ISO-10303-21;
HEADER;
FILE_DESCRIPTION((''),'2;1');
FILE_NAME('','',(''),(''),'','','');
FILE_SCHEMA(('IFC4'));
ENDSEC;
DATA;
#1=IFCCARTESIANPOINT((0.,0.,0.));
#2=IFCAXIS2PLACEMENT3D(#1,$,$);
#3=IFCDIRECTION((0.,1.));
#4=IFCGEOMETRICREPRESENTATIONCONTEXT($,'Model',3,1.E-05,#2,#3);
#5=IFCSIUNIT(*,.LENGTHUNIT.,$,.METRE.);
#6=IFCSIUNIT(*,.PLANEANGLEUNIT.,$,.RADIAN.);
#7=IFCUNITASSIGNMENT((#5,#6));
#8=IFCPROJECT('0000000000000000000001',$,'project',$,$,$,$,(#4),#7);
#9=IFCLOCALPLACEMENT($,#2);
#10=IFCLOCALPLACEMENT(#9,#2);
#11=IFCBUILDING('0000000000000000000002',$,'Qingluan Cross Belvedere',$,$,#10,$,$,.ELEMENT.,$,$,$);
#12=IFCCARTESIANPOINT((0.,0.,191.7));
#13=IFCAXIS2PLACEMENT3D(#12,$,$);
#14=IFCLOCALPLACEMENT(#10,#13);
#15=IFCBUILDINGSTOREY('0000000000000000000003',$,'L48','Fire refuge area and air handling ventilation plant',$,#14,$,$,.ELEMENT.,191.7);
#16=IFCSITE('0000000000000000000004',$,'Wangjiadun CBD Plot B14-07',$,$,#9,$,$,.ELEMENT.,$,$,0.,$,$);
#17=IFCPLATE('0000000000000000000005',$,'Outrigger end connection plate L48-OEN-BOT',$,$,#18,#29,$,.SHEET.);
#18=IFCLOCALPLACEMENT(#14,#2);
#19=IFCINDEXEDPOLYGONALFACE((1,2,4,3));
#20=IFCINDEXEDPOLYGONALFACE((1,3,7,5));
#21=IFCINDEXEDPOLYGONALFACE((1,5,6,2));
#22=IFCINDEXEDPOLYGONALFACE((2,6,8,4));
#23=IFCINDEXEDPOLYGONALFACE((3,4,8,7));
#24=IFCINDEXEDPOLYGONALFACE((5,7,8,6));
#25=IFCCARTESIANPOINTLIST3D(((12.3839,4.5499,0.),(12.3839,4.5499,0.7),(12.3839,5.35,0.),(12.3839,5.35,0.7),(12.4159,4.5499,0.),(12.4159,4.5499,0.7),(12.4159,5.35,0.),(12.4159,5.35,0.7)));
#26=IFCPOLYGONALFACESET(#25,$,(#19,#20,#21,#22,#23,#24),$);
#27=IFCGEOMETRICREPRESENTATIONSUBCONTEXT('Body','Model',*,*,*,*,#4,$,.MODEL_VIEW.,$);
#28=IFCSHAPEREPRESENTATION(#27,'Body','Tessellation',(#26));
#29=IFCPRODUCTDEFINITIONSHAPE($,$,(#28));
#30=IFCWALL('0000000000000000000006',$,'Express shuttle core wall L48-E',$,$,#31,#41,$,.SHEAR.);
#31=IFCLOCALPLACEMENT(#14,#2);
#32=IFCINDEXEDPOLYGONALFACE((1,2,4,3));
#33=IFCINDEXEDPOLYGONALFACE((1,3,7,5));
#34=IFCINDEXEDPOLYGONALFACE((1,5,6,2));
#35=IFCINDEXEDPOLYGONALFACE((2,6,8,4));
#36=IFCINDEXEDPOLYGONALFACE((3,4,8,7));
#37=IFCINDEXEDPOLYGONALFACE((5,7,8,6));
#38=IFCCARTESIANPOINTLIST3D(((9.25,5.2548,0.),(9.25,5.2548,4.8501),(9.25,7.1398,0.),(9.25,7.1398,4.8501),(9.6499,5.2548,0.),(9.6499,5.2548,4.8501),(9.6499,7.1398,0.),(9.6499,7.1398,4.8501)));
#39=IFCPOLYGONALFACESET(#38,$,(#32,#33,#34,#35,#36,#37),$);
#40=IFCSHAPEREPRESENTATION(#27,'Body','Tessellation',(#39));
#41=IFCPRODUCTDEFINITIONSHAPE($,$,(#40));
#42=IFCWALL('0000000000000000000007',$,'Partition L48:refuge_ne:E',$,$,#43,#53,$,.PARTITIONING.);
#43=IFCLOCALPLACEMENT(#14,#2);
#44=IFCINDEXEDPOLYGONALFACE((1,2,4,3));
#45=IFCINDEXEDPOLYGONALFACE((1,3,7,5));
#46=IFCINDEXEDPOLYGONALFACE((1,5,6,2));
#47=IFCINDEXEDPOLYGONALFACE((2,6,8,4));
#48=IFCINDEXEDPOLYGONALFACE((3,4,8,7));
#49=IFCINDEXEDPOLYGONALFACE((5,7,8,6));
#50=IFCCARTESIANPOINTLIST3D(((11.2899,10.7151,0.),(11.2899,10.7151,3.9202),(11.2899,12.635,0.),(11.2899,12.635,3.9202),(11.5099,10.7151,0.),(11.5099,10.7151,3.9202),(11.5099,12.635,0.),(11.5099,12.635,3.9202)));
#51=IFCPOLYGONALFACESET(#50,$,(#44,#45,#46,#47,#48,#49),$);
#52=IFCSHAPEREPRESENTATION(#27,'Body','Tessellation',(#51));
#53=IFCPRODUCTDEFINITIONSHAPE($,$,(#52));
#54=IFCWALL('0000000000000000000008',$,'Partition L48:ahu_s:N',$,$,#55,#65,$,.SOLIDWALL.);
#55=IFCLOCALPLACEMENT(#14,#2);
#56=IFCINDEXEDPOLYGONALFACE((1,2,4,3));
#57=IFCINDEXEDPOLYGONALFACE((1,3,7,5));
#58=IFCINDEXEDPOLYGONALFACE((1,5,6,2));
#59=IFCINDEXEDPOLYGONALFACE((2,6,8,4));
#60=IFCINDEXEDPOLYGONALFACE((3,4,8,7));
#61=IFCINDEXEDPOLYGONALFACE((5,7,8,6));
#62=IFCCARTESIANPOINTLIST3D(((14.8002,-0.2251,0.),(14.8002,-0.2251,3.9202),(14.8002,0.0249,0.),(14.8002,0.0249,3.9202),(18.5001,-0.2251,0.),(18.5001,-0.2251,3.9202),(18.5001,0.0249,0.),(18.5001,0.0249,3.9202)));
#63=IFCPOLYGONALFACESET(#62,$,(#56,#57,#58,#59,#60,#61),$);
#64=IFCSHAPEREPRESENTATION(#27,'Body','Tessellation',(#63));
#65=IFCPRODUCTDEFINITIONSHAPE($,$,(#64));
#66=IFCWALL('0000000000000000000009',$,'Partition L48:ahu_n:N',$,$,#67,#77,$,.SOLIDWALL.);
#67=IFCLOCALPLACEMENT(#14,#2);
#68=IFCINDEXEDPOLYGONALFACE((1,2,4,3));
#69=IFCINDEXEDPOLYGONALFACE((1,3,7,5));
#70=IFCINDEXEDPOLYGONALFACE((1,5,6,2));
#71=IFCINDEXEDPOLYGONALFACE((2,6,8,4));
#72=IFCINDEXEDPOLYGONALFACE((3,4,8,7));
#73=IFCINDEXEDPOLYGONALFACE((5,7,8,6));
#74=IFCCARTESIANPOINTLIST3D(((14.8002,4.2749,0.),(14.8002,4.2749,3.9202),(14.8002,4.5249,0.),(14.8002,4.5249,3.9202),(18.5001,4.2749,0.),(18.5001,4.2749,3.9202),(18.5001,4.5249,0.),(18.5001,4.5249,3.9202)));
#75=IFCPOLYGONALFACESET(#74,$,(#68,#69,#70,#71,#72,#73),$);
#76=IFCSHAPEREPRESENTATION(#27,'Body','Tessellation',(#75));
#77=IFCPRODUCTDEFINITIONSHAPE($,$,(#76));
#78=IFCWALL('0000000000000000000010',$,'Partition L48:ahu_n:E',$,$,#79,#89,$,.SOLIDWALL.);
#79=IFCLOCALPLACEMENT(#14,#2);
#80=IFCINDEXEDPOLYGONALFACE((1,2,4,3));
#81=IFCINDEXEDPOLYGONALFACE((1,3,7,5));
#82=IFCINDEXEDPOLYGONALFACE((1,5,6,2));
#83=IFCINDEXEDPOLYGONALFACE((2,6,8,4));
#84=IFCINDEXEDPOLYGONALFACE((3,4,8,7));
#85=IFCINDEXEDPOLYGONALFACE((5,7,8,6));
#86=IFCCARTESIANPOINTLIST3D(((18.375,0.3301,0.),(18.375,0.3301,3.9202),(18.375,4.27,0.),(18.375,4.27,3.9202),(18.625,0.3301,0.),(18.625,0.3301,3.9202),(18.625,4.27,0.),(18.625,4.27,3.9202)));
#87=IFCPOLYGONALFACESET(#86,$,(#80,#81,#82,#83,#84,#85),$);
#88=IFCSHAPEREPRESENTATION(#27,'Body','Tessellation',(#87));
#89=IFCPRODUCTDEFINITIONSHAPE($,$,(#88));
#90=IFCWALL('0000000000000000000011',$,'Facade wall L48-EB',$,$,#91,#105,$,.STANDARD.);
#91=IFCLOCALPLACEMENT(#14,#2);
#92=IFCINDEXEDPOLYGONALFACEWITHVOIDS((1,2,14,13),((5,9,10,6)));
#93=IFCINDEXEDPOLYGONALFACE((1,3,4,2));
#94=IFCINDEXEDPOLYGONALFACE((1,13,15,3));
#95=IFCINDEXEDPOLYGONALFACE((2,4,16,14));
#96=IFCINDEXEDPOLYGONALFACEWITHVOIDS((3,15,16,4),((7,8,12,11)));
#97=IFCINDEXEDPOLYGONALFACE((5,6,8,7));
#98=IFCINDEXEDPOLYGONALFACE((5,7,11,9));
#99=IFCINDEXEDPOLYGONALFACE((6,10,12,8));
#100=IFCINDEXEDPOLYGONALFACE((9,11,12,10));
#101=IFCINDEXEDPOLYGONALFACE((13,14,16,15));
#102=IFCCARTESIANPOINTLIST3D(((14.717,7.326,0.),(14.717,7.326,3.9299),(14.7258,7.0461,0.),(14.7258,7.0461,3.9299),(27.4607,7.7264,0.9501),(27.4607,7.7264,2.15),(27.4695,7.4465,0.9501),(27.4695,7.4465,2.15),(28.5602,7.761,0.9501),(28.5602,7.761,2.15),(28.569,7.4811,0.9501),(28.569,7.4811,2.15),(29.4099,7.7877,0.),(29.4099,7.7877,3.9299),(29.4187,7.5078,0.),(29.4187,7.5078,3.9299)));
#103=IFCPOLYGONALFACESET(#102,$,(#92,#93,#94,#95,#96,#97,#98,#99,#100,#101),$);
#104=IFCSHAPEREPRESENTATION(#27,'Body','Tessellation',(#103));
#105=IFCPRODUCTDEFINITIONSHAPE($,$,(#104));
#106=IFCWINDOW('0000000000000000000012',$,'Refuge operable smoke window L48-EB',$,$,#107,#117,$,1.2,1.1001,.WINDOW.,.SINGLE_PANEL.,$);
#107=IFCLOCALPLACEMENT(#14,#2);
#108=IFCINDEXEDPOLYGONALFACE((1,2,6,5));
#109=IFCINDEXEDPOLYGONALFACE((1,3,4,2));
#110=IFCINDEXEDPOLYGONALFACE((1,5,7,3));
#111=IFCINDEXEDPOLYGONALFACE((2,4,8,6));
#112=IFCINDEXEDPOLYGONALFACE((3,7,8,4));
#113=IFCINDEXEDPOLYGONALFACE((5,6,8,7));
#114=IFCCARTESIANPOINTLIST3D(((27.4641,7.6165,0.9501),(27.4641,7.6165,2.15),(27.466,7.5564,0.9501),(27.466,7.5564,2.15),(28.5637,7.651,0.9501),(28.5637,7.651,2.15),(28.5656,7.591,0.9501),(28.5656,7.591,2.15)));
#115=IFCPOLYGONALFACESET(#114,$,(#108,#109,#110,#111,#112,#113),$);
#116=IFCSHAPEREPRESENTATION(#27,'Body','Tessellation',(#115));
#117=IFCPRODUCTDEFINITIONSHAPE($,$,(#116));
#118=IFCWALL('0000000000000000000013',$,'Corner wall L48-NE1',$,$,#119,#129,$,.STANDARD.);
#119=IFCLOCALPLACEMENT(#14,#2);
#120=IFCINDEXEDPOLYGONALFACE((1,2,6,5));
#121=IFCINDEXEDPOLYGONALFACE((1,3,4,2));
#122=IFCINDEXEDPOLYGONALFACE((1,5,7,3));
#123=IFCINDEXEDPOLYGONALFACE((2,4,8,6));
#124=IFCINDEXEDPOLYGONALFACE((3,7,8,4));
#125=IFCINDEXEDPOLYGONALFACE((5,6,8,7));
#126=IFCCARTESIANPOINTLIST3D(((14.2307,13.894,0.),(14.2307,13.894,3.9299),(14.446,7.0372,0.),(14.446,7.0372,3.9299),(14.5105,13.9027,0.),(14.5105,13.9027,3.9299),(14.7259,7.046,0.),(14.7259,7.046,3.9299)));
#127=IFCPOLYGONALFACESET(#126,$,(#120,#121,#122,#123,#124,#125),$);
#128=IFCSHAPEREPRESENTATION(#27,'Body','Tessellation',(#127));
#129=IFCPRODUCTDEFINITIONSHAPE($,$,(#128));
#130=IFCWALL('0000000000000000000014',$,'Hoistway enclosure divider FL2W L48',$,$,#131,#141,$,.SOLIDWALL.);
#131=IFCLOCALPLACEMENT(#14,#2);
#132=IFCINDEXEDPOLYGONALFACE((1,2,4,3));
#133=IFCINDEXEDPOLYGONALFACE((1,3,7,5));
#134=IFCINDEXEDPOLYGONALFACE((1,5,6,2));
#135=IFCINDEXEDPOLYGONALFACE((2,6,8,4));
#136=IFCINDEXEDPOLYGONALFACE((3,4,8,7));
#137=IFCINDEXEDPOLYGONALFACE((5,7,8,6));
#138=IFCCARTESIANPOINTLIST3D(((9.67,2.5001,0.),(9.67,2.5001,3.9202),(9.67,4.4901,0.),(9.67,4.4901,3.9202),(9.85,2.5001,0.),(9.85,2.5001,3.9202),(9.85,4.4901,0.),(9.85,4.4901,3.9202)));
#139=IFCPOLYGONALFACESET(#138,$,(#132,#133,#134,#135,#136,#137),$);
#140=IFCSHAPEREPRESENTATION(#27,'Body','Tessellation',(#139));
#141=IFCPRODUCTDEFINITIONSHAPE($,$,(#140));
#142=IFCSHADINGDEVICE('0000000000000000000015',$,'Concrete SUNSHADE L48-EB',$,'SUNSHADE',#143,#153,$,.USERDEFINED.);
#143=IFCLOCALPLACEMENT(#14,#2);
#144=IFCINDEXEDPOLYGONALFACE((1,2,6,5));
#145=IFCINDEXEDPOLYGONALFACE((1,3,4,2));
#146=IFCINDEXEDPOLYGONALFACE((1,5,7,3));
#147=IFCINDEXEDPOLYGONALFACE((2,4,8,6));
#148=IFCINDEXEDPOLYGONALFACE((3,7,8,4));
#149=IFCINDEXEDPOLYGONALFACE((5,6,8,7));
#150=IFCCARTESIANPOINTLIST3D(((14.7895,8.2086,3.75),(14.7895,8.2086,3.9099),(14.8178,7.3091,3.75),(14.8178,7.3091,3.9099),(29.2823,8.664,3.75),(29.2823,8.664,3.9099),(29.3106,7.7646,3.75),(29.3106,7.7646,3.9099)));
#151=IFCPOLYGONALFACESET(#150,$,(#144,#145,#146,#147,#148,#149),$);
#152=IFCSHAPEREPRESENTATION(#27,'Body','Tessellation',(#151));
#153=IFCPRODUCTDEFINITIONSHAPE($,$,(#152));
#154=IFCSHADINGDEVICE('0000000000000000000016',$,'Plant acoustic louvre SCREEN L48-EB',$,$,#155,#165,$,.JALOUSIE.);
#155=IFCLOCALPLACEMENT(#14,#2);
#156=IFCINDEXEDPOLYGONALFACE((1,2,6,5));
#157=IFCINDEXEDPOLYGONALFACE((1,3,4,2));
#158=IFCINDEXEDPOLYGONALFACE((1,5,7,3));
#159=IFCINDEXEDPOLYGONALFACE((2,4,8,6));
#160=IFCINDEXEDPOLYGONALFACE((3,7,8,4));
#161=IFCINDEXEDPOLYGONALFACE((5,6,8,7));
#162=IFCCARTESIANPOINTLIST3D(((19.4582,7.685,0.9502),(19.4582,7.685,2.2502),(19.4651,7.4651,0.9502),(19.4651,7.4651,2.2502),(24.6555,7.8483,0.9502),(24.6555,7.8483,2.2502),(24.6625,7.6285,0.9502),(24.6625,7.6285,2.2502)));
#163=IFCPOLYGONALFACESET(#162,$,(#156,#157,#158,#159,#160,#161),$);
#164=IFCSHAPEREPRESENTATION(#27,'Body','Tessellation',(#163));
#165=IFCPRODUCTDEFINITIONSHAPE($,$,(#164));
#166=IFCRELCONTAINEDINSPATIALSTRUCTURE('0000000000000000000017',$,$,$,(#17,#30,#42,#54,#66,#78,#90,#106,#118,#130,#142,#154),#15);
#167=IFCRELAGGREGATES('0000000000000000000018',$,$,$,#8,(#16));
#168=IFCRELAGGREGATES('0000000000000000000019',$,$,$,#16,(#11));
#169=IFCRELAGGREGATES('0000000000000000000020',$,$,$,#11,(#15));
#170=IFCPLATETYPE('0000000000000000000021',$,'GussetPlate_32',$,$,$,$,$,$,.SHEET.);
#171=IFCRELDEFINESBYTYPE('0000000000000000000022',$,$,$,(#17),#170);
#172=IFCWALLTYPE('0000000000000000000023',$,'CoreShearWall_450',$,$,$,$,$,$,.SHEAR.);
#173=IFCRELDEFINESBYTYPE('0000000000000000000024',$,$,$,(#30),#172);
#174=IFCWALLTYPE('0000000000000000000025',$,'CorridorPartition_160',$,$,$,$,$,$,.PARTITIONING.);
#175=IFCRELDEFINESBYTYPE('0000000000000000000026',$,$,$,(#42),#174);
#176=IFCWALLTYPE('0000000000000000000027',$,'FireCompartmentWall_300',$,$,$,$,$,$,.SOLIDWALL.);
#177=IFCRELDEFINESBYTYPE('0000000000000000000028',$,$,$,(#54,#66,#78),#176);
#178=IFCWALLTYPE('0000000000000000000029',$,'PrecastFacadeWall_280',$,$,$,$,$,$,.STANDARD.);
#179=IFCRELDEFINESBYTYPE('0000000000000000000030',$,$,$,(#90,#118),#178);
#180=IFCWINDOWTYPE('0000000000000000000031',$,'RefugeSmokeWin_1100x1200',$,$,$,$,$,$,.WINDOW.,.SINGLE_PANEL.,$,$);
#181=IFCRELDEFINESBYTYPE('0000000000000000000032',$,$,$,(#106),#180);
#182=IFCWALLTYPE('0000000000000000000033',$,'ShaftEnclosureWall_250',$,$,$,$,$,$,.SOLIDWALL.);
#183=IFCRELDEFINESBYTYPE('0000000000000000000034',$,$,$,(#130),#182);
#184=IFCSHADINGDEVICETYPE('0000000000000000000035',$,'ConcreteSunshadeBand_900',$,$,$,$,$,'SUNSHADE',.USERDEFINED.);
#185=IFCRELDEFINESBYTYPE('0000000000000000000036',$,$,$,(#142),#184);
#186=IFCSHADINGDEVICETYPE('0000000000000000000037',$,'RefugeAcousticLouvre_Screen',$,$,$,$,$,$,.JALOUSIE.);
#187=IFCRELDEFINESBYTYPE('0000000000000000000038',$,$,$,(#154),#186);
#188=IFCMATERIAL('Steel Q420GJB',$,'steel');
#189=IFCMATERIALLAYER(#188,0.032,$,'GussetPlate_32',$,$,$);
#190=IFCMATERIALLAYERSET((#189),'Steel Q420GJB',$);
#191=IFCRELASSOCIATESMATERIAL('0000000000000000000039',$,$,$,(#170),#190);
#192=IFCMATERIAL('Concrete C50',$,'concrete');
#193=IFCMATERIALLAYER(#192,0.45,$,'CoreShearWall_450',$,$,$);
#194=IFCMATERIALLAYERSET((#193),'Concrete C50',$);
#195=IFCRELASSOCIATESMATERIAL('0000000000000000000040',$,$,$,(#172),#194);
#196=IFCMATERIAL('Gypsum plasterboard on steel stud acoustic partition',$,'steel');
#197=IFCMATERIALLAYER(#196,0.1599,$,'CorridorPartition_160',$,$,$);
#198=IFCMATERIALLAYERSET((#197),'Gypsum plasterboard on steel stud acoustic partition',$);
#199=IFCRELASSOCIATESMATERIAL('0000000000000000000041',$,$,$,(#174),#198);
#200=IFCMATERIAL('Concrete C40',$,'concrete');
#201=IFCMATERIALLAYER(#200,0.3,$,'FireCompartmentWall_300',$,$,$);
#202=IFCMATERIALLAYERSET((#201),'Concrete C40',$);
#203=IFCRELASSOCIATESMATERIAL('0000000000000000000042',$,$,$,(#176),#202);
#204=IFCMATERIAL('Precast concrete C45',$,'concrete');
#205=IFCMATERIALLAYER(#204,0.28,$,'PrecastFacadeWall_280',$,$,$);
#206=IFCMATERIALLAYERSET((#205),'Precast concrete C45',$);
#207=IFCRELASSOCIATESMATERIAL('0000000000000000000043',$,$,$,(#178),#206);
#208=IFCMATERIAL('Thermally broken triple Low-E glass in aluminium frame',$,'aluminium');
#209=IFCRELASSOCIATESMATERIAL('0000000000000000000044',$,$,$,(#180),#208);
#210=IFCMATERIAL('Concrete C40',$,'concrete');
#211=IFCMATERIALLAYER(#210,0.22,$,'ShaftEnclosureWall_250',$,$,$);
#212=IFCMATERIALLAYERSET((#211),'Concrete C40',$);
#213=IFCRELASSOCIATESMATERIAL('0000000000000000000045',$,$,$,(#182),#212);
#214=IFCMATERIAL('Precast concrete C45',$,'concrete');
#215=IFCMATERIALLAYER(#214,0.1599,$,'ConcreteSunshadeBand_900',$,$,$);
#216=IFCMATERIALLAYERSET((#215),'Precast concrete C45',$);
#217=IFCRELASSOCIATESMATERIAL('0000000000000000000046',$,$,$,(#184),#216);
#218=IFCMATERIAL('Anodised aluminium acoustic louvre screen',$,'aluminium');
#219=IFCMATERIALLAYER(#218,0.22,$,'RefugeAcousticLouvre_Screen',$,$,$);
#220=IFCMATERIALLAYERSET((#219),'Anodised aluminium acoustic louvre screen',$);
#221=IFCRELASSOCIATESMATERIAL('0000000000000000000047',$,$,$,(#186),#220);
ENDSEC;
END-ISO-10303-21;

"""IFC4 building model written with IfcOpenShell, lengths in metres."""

from ifc_helpers import new_model, si_unit, direction, frame, frame_2d, origin, origin_2d, place, context, subcontext, project, spatial, rectangle, extrude, material, layer, layer_set, type_object, element, fill, save


model = new_model("IFC4")

# Units and contexts
model_context = context("Model", 3, precision=1e-05, world=origin(), true_north=direction((0.0, 1.0)))
body_context = subcontext(model_context, "Body", "Model", "MODEL_VIEW")
ifc_project = project(units=[si_unit("LENGTHUNIT", "METRE"), si_unit("PLANEANGLEUNIT", "RADIAN")], contexts=[model_context])

# Site, building, storey
site_placement = place(None, origin())
site = spatial("IfcSite", under=ifc_project, at=site_placement, Name="Wangjiadun CBD Plot B14-07", CompositionType="ELEMENT", RefElevation=0.0)
building_placement = place(site_placement, origin())
building = spatial("IfcBuilding", under=site, at=building_placement, Name="Qingluan Cross Belvedere", CompositionType="ELEMENT")
storey_placement = place(building_placement, frame((0.0, 0.0, 191.7)))
storey = spatial("IfcBuildingStorey", under=building, at=storey_placement, Name="L48", Description="Fire refuge area and air handling ventilation plant", CompositionType="ELEMENT", Elevation=191.7)

# Plate
ifc_material_1 = material(Name="Steel Q420GJB", Category="steel")
ifc_layer_1 = layer(ifc_material_1, 0.032, Name="GussetPlate_32")
ifc_layer_set_1 = layer_set([ifc_layer_1], Name="Steel Q420GJB")
plate_type = type_object("IfcPlateType", Name="GussetPlate_32", PredefinedType="SHEET", material=ifc_layer_set_1)
for number, where, z_axis, x_axis, name in (
    (1, (12.3999, 4.95, 0.0), (0.0, 0.0, 1.0), (0.0, 1.0, 0.0), "Outrigger end connection plate L48-OEN-BOT"),
):
    element("IfcPlate", number, at=place(storey_placement, frame(where, z_axis=z_axis, x_axis=x_axis)), inside=storey, type_object=plate_type, Name=name, PredefinedType="SHEET", context=body_context, shape_type="SweptSolid", body=[
        extrude(rectangle(XDim=0.8, YDim=0.032, at=origin_2d()), origin(), (0.0, 0.0, 1.0), 0.7),
    ])

# Walls
ifc_material_2 = material(Name="Concrete C50", Category="concrete")
ifc_layer_2 = layer(ifc_material_2, 0.45, Name="CoreShearWall_450")
ifc_layer_set_2 = layer_set([ifc_layer_2], Name="Concrete C50")
wall_type_1 = type_object("IfcWallType", Name="CoreShearWall_450", PredefinedType="SHEAR", material=ifc_layer_set_2)
wall_1_placement = place(storey_placement, frame((9.45, 5.2549, 0.0), z_axis=(0.0, 0.0, 1.0), x_axis=(0.0, 1.0, 0.0)))
element("IfcWall", 2, at=wall_1_placement, inside=storey, type_object=wall_type_1, Name="Express shuttle core wall L48-E", PredefinedType="SHEAR", context=body_context, shape_type="SweptSolid", body=[
    extrude(rectangle(XDim=1.885, YDim=0.3999, at=frame_2d((0.9424, 0.0))), origin(), (0.0, 0.0, 1.0), 4.8501),
])
ifc_material_3 = material(Name="Gypsum plasterboard on steel stud acoustic partition", Category="steel")
ifc_layer_3 = layer(ifc_material_3, 0.1599, Name="CorridorPartition_160")
ifc_layer_set_3 = layer_set([ifc_layer_3], Name="Gypsum plasterboard on steel stud acoustic partition")
wall_type_2 = type_object("IfcWallType", Name="CorridorPartition_160", PredefinedType="PARTITIONING", material=ifc_layer_set_3)
wall_2_placement = place(storey_placement, frame((11.3999, 10.7151, 0.0), z_axis=(0.0, 0.0, 1.0), x_axis=(0.0, 1.0, 0.0)))
element("IfcWall", 3, at=wall_2_placement, inside=storey, type_object=wall_type_2, Name="Partition L48:refuge_ne:E", PredefinedType="PARTITIONING", context=body_context, shape_type="SweptSolid", body=[
    extrude(rectangle(XDim=1.9199, YDim=0.22, at=frame_2d((0.96, 0.0))), origin(), (0.0, 0.0, 1.0), 3.9202),
])
ifc_material_4 = material(Name="Concrete C40", Category="concrete")
ifc_layer_4 = layer(ifc_material_4, 0.3, Name="FireCompartmentWall_300")
ifc_layer_set_4 = layer_set([ifc_layer_4], Name="Concrete C40")
wall_type_3 = type_object("IfcWallType", Name="FireCompartmentWall_300", PredefinedType="SOLIDWALL", material=ifc_layer_set_4)
for number, where, z_axis, x_axis, name in (
    (4, (14.8, -0.1001, 0.0), (0.0, 0.0, 1.0), (1.0, 0.0, 0.0), "Partition L48:ahu_s:N"),
    (5, (14.8, 4.3999, 0.0), (0.0, 0.0, 1.0), (1.0, 0.0, 0.0), "Partition L48:ahu_n:N"),
):
    element("IfcWall", number, at=place(storey_placement, frame(where, z_axis=z_axis, x_axis=x_axis)), inside=storey, type_object=wall_type_3, Name=name, PredefinedType="SOLIDWALL", context=body_context, shape_type="SweptSolid", body=[
        extrude(rectangle(XDim=3.7, YDim=0.25, at=frame_2d((1.8501, 0.0))), origin(), (0.0, 0.0, 1.0), 3.9202),
    ])

# Wall
wall_3_placement = place(storey_placement, frame((18.5, 0.3301, 0.0), z_axis=(0.0, 0.0, 1.0), x_axis=(0.0, 1.0, 0.0)))
element("IfcWall", 6, at=wall_3_placement, inside=storey, type_object=wall_type_3, Name="Partition L48:ahu_n:E", PredefinedType="SOLIDWALL", context=body_context, shape_type="SweptSolid", body=[
    extrude(rectangle(XDim=3.9399, YDim=0.25, at=frame_2d((1.97, 0.0))), origin(), (0.0, 0.0, 1.0), 3.9202),
])

# Wall, opening, window
ifc_material_5 = material(Name="Precast concrete C45", Category="concrete")
ifc_layer_5 = layer(ifc_material_5, 0.28, Name="PrecastFacadeWall_280")
ifc_layer_set_5 = layer_set([ifc_layer_5], Name="Precast concrete C45")
wall_type_4 = type_object("IfcWallType", Name="PrecastFacadeWall_280", PredefinedType="STANDARD", material=ifc_layer_set_5)
wall_4_placement = place(storey_placement, frame((29.4143, 7.6477, 0.0), z_axis=(0.0, 0.0, 1.0), x_axis=(-0.999507, -0.031406, 0.0)))
wall_4 = element("IfcWall", 7, at=wall_4_placement, inside=storey, type_object=wall_type_4, Name="Facade wall L48-EB", PredefinedType="STANDARD", context=body_context, shape_type="SweptSolid", body=[
    extrude(rectangle(XDim=14.7002, YDim=0.28, at=frame_2d((7.3501, 0.0))), origin(), (0.0, 0.0, 1.0), 3.9299),
])
opening_1_placement = place(wall_4_placement, frame((0.8501, 0.0, 0.95)))
opening_1 = element("IfcOpeningElement", 8, at=opening_1_placement, cuts=wall_4, PredefinedType="OPENING", context=body_context, shape_type="SweptSolid", body=[
    extrude(rectangle(XDim=1.1001, YDim=1.2, at=frame_2d((0.55, 0.6001))), frame((0.0, 0.1499, 0.0), z_axis=(0.0, -1.0, 0.0), x_axis=(1.0, 0.0, 0.0)), (0.0, 0.0, 1.0), 0.3),
])
ifc_material_6 = material(Name="Thermally broken triple Low-E glass in aluminium frame", Category="aluminium")
window_type = type_object("IfcWindowType", Name="RefugeSmokeWin_1100x1200", PartitioningType="SINGLE_PANEL", PredefinedType="WINDOW", material=ifc_material_6)
window_placement = place(opening_1_placement, origin())
window = element("IfcWindow", 9, at=window_placement, inside=storey, type_object=window_type, Name="Refuge operable smoke window L48-EB", OverallHeight=1.2, OverallWidth=1.1001, PartitioningType="SINGLE_PANEL", PredefinedType="WINDOW", context=body_context, shape_type="SweptSolid", body=[
    extrude(rectangle(XDim=1.1001, YDim=1.2, at=frame_2d((0.55, 0.6001))), frame((0.0, 0.03, 0.0), z_axis=(0.0, -1.0, 0.0), x_axis=(1.0, 0.0, 0.0)), (0.0, 0.0, 1.0), 0.0601),
])
fill(opening_1, window)

# Walls
wall_5_placement = place(storey_placement, frame((14.5859, 7.0415, 0.0), z_axis=(0.0, 0.0, 1.0), x_axis=(-0.031389, 0.999507, 0.0)))
element("IfcWall", 10, at=wall_5_placement, inside=storey, type_object=wall_type_4, Name="Corner wall L48-NE1", PredefinedType="STANDARD", context=body_context, shape_type="SweptSolid", body=[
    extrude(rectangle(XDim=6.8601, YDim=0.28, at=frame_2d((3.4302, 0.0))), origin(), (0.0, 0.0, 1.0), 3.9299),
])
ifc_material_7 = material(Name="Concrete C40", Category="concrete")
ifc_layer_6 = layer(ifc_material_7, 0.22, Name="ShaftEnclosureWall_250")
ifc_layer_set_6 = layer_set([ifc_layer_6], Name="Concrete C40")
wall_type_5 = type_object("IfcWallType", Name="ShaftEnclosureWall_250", PredefinedType="SOLIDWALL", material=ifc_layer_set_6)
wall_6_placement = place(storey_placement, frame((9.76, 2.5, 0.0), z_axis=(0.0, 0.0, 1.0), x_axis=(0.0, 1.0, 0.0)))
element("IfcWall", 11, at=wall_6_placement, inside=storey, type_object=wall_type_5, Name="Hoistway enclosure divider FL2W L48", PredefinedType="SOLIDWALL", context=body_context, shape_type="SweptSolid", body=[
    extrude(rectangle(XDim=1.99, YDim=0.1799, at=frame_2d((0.9951, 0.0))), origin(), (0.0, 0.0, 1.0), 3.9202),
])

# Shading devices
ifc_material_8 = material(Name="Precast concrete C45", Category="concrete")
ifc_layer_7 = layer(ifc_material_8, 0.1599, Name="ConcreteSunshadeBand_900")
ifc_layer_set_7 = layer_set([ifc_layer_7], Name="Precast concrete C45")
shading_device_type_1 = type_object("IfcShadingDeviceType", Name="ConcreteSunshadeBand_900", ElementType="SUNSHADE", PredefinedType="USERDEFINED", material=ifc_layer_set_7)
shading_device_1_placement = place(storey_placement, frame((22.05, 7.9866, 3.75), z_axis=(0.0, 0.0, 1.0), x_axis=(-0.999507, -0.031408, 0.0)))
element("IfcShadingDevice", 12, at=shading_device_1_placement, inside=storey, type_object=shading_device_type_1, Name="Concrete SUNSHADE L48-EB", ObjectType="SUNSHADE", PredefinedType="USERDEFINED", context=body_context, shape_type="SweptSolid", body=[
    extrude(rectangle(XDim=14.5, YDim=0.8999, at=origin_2d()), origin(), (0.0, 0.0, 1.0), 0.1599),
])
ifc_material_9 = material(Name="Anodised aluminium acoustic louvre screen", Category="aluminium")
ifc_layer_8 = layer(ifc_material_9, 0.22, Name="RefugeAcousticLouvre_Screen")
ifc_layer_set_8 = layer_set([ifc_layer_8], Name="Anodised aluminium acoustic louvre screen")
shading_device_type_2 = type_object("IfcShadingDeviceType", Name="RefugeAcousticLouvre_Screen", PredefinedType="JALOUSIE", material=ifc_layer_set_8)
shading_device_2_placement = place(storey_placement, frame((22.0603, 7.6567, 0.9502), z_axis=(0.0, 0.0, 1.0), x_axis=(-0.999507, -0.031408, 0.0)))
element("IfcShadingDevice", 13, at=shading_device_2_placement, inside=storey, type_object=shading_device_type_2, Name="Plant acoustic louvre SCREEN L48-EB", PredefinedType="JALOUSIE", context=body_context, shape_type="SweptSolid", body=[
    extrude(rectangle(XDim=5.2, YDim=0.22, at=origin_2d()), origin(), (0.0, 0.0, 1.0), 1.3),
])

save(model, "model.ifc")
